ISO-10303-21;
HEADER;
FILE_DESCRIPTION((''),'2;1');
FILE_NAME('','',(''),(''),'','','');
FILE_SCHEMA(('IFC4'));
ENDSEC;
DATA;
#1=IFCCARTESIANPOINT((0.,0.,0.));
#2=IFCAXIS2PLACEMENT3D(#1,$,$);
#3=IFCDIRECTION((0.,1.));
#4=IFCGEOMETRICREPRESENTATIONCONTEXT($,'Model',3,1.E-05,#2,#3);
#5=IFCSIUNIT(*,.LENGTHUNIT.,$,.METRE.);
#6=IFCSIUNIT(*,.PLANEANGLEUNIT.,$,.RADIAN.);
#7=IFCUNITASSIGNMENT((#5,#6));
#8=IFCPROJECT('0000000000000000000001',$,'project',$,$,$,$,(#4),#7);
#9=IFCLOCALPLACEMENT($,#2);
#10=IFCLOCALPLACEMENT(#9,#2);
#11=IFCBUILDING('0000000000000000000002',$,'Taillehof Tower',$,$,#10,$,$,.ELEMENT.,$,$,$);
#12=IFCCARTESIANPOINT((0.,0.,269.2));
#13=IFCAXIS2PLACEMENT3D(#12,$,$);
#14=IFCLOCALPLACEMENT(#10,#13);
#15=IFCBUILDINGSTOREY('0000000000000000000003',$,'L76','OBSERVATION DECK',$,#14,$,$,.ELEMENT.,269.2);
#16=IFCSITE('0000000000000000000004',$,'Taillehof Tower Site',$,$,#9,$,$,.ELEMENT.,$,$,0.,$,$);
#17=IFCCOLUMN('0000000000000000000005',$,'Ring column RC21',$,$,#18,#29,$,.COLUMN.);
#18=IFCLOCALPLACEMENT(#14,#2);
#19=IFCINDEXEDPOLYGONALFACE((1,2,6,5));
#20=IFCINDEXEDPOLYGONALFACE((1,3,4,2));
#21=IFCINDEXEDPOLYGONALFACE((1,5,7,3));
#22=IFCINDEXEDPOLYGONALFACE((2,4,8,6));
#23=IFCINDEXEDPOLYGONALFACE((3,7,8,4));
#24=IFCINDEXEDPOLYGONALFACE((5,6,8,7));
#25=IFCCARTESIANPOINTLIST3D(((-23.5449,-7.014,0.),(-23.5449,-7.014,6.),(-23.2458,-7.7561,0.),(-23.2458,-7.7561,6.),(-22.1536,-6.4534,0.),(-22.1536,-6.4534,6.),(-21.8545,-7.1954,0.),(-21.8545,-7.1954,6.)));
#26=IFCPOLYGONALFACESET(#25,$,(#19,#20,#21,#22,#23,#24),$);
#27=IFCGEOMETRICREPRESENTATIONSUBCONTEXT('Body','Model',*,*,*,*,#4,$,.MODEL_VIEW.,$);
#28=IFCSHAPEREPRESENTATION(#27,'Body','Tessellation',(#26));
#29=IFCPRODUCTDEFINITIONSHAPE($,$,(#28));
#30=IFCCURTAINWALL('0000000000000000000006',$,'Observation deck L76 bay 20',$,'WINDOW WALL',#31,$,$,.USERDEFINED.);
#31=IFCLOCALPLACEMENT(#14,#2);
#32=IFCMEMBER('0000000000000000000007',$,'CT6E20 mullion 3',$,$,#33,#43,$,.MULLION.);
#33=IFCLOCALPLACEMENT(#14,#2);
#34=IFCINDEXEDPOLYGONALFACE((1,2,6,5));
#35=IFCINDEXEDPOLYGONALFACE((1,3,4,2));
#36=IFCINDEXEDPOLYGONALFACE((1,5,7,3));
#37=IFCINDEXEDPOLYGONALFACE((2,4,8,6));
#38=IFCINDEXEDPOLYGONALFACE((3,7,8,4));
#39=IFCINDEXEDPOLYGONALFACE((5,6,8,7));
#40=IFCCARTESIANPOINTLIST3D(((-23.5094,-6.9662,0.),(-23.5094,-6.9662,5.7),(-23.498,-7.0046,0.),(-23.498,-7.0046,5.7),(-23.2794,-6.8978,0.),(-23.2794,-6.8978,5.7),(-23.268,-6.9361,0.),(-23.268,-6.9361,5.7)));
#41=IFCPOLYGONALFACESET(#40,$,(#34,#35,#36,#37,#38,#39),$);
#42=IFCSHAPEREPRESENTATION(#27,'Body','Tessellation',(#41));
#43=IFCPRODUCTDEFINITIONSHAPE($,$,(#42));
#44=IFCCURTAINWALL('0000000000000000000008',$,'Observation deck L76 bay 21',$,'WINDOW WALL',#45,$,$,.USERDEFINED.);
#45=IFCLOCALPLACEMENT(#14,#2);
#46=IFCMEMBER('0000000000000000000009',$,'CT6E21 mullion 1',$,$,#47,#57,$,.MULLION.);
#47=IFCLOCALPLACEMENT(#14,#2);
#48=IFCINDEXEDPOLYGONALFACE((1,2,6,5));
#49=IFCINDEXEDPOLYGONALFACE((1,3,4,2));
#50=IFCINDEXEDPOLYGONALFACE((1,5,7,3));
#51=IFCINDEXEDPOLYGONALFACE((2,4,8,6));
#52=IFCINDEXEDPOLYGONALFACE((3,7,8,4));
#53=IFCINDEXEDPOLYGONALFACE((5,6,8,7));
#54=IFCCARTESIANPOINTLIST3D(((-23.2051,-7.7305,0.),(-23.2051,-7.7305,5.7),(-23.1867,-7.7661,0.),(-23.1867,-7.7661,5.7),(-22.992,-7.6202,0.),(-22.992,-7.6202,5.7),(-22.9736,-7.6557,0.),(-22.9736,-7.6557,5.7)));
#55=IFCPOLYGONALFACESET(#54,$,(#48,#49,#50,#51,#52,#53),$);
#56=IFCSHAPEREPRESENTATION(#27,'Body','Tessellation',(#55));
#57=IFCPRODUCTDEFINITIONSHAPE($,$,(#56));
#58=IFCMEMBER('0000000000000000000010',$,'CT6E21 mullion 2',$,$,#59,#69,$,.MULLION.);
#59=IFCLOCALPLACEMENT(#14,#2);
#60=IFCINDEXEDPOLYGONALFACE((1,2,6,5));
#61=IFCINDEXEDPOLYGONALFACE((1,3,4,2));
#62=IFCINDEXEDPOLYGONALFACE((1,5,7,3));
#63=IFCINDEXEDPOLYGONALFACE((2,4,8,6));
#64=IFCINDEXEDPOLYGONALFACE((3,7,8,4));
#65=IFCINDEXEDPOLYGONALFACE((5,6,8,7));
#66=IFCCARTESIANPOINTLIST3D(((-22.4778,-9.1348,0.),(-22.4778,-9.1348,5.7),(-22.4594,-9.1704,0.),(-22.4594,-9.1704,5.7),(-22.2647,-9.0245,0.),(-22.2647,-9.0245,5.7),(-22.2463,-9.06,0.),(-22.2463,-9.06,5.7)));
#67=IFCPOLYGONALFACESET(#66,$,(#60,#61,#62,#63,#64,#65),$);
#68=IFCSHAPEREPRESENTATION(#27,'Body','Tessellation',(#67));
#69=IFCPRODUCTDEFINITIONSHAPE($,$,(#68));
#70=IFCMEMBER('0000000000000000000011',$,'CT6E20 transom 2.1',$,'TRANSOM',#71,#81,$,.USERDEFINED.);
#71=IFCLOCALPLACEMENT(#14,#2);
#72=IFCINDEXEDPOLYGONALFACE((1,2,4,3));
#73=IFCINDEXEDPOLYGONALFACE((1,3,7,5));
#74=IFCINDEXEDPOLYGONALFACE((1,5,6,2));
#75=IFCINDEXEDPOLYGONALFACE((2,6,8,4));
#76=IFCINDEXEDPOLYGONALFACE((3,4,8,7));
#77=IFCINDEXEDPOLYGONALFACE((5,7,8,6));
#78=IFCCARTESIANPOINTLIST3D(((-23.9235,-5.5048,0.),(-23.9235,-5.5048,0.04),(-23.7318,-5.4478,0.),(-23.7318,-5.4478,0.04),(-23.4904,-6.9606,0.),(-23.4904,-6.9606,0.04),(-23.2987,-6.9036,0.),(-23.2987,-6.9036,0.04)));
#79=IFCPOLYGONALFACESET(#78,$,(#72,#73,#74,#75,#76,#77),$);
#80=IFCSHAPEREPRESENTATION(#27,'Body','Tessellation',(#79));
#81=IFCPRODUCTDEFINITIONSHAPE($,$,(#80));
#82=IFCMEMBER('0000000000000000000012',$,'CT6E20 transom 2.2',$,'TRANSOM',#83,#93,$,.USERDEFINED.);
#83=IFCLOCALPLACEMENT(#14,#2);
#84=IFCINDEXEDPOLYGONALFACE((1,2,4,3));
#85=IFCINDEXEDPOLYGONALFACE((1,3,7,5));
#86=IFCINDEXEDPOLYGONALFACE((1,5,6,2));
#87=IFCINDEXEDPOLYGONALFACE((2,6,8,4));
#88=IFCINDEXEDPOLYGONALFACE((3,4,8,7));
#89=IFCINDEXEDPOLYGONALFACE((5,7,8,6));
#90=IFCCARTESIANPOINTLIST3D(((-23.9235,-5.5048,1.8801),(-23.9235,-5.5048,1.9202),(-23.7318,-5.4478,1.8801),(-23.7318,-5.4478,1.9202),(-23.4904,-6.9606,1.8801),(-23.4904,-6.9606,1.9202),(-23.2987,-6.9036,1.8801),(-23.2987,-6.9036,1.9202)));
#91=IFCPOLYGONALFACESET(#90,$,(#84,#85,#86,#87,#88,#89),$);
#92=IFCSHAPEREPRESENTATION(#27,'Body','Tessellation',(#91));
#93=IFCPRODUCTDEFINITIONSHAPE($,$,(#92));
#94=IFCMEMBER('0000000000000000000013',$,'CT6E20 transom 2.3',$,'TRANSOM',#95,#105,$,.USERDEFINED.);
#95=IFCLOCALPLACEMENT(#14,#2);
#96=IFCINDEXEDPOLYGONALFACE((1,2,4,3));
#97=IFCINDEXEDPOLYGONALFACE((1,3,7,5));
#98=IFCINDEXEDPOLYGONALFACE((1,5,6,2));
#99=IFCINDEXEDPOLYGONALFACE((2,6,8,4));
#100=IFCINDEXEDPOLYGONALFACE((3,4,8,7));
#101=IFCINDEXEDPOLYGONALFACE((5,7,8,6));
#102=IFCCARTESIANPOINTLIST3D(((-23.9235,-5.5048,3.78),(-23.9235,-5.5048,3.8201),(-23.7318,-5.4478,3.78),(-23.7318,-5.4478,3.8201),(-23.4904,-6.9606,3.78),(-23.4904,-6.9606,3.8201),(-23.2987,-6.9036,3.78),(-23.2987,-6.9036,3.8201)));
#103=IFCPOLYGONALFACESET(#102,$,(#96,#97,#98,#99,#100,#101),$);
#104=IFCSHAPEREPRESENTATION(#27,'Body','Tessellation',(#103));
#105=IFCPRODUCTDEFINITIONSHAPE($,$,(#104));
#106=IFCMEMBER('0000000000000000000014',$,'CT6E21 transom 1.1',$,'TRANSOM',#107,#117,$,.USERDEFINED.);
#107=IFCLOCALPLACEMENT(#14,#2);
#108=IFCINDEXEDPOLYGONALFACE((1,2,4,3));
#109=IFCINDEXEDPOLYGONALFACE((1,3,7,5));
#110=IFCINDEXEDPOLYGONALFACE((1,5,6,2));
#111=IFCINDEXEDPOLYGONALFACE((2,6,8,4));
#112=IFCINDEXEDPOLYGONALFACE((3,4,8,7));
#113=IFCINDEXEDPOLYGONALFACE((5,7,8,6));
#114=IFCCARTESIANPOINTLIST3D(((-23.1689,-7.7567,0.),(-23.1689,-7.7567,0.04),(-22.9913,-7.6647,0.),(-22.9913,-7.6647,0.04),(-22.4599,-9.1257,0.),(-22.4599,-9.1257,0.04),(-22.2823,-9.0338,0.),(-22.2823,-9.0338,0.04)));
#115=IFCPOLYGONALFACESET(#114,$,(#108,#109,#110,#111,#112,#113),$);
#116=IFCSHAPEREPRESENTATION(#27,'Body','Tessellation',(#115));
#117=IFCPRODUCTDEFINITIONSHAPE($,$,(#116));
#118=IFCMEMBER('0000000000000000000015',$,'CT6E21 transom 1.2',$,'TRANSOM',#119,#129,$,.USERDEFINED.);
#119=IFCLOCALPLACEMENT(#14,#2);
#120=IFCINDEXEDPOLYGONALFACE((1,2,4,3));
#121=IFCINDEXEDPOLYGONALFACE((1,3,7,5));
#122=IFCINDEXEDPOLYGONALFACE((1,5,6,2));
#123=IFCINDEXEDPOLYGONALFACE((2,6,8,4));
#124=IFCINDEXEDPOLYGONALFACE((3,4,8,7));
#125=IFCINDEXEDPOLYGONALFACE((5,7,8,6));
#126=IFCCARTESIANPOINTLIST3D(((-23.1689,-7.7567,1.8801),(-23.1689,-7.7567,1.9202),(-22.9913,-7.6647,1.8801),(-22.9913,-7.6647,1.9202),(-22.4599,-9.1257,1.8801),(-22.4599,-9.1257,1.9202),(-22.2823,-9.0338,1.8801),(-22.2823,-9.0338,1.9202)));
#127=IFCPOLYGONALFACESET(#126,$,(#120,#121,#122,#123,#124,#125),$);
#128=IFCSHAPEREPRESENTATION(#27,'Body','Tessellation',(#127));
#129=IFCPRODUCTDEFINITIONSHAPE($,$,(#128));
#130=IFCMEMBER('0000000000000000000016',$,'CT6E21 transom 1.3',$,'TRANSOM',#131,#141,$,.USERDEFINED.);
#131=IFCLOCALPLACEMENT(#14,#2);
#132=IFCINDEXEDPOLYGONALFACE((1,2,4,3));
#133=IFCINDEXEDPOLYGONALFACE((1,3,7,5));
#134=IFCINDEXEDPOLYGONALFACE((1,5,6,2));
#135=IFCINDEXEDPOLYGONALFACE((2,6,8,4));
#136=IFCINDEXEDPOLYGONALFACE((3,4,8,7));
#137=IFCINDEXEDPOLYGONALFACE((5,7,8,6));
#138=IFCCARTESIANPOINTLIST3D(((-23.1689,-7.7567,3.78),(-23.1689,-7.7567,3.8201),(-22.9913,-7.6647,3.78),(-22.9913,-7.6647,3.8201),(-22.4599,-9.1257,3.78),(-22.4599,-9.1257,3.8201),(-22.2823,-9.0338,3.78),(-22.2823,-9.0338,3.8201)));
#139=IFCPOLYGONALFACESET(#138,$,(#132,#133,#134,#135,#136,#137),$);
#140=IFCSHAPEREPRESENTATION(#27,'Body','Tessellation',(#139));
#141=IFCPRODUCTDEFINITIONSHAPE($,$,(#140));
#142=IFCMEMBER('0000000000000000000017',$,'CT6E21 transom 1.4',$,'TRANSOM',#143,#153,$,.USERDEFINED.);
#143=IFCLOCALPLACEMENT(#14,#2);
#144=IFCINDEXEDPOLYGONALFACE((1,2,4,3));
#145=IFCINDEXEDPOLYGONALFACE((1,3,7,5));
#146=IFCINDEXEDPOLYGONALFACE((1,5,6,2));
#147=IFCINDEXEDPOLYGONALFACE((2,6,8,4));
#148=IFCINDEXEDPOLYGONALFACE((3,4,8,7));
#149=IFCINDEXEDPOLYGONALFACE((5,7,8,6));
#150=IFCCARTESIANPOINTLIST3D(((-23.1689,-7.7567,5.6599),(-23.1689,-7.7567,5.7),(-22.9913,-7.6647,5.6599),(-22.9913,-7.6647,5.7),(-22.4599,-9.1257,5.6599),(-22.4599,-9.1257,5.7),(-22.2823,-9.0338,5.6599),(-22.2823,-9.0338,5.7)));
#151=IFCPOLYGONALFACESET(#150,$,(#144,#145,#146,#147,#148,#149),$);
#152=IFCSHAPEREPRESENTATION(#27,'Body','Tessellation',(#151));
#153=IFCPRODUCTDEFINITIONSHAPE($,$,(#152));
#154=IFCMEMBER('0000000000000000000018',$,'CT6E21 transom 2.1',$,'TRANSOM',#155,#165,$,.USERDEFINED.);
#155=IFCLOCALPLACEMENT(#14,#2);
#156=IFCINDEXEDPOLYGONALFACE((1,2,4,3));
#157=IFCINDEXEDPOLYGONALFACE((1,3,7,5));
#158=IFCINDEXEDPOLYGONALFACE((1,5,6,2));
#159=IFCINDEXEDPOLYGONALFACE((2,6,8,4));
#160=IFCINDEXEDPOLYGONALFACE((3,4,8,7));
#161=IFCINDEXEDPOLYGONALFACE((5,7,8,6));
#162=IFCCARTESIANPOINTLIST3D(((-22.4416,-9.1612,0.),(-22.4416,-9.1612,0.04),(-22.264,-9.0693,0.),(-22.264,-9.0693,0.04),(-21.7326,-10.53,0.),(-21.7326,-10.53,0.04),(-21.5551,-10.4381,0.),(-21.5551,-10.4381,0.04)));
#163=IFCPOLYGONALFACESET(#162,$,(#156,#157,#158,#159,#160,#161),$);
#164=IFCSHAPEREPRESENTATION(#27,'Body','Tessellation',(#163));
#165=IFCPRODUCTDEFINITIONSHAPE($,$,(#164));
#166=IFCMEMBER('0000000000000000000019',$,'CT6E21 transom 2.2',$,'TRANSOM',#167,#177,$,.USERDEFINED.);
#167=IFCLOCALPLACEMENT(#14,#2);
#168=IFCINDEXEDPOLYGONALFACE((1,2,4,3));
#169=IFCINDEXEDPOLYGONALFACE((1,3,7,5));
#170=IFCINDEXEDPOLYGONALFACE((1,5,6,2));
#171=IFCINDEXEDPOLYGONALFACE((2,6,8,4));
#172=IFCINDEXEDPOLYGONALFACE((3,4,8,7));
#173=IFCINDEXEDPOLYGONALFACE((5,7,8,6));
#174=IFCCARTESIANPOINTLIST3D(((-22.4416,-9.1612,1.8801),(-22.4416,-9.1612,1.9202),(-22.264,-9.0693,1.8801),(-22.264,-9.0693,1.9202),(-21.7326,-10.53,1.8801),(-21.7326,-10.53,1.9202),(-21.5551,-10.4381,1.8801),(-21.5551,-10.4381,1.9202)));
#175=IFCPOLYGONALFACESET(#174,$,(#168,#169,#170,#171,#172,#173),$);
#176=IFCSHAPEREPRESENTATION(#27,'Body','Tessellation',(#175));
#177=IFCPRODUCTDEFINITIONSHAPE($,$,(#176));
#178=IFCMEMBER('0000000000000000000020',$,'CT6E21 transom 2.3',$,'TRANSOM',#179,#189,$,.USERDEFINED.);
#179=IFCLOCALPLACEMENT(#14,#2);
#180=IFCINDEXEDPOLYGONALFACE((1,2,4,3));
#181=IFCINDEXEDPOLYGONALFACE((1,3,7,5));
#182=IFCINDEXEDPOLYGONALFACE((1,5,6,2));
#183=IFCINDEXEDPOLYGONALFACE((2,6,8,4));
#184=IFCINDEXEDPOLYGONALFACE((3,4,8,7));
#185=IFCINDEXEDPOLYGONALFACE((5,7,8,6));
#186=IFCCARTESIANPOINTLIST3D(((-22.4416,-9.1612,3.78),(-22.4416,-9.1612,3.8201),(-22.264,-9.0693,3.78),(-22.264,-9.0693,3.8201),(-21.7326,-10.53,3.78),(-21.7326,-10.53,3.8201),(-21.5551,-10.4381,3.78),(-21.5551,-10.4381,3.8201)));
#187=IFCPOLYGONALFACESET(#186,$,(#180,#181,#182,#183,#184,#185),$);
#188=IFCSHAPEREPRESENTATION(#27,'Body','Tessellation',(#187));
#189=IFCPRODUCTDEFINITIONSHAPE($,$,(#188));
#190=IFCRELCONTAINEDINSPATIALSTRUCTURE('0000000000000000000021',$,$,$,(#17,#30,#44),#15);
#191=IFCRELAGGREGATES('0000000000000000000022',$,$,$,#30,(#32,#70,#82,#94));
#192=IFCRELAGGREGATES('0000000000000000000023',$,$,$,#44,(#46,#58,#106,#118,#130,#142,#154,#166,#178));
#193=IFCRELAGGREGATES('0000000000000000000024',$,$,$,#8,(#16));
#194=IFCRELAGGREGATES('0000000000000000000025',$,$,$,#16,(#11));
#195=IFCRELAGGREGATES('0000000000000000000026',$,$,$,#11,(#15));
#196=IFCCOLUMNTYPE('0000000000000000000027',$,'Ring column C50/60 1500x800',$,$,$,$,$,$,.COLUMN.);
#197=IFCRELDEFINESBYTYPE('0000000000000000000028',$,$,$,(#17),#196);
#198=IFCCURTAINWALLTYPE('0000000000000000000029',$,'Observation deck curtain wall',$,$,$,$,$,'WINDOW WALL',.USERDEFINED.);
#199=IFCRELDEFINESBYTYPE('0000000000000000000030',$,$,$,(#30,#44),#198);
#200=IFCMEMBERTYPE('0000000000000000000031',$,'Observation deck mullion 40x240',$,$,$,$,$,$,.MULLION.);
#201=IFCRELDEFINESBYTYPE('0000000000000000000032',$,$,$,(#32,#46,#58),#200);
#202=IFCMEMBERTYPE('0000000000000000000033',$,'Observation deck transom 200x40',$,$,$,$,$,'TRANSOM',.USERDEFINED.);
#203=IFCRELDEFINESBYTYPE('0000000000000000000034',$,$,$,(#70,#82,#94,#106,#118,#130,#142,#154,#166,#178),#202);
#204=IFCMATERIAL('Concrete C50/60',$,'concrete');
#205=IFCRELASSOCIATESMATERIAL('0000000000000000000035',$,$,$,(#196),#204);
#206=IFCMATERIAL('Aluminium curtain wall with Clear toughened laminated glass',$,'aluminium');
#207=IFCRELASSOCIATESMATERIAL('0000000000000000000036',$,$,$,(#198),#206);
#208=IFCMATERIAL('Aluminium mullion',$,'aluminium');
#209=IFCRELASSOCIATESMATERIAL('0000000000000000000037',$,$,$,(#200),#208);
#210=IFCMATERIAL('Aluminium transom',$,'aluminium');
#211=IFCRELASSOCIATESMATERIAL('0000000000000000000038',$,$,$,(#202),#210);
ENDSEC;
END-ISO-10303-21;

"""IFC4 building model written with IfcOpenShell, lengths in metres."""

from ifc_helpers import new_model, si_unit, direction, frame, origin, origin_2d, place, context, subcontext, project, spatial, rectangle, extrude, material, material_profile, profile_set, type_object, element, aggregate, save


model = new_model("IFC4")

# Units and contexts
model_context = context("Model", 3, precision=1e-05, world=origin(), true_north=direction((0.0, 1.0)))
body_context = subcontext(model_context, "Body", "Model", "MODEL_VIEW")
ifc_project = project(units=[si_unit("LENGTHUNIT", "METRE"), si_unit("PLANEANGLEUNIT", "RADIAN")], contexts=[model_context])

# Site, building, storey
site_placement = place(None, origin())
site = spatial("IfcSite", under=ifc_project, at=site_placement, Name="Taillehof Tower Site", CompositionType="ELEMENT", RefElevation=0.0)
building_placement = place(site_placement, origin())
building = spatial("IfcBuilding", under=site, at=building_placement, Name="Taillehof Tower", CompositionType="ELEMENT")
storey_placement = place(building_placement, frame((0.0, 0.0, 269.2)))
storey = spatial("IfcBuildingStorey", under=building, at=storey_placement, Name="L76", Description="OBSERVATION DECK", CompositionType="ELEMENT", Elevation=269.2)

# Column
ifc_material_1 = material(Name="Concrete C50/60", Category="concrete")
ifc_material_profile_1 = material_profile(ifc_material_1, rectangle(XDim=1.5, YDim=0.8, at=origin_2d()), Name="RC 1500x800")
ifc_profile_set_1 = profile_set([ifc_material_profile_1], Name="Concrete C50/60")
column_type = type_object("IfcColumnType", Name="Ring column C50/60 1500x800", PredefinedType="COLUMN", material=ifc_profile_set_1)
column_placement = place(storey_placement, frame((-22.6997, -7.1047, 0.0), z_axis=(0.0, 0.0, 1.0), x_axis=(-0.927525, -0.373762, 0.0)))
element("IfcColumn", 1, at=column_placement, inside=storey, type_object=column_type, Name="Ring column RC21", PredefinedType="COLUMN", context=body_context, shape_type="SweptSolid", body=[
    extrude(rectangle(XDim=1.5, YDim=0.8, at=origin_2d()), origin(), (0.0, 0.0, 1.0), 6.0),
])

# Curtain wall, member
ifc_material_2 = material(Name="Aluminium curtain wall with Clear toughened laminated glass", Category="aluminium")
curtain_wall_type = type_object("IfcCurtainWallType", Name="Observation deck curtain wall", ElementType="WINDOW WALL", PredefinedType="USERDEFINED", material=ifc_material_2)
curtain_wall_1_placement = place(storey_placement, origin())
curtain_wall_1 = element("IfcCurtainWall", 2, at=curtain_wall_1_placement, inside=storey, type_object=curtain_wall_type, Name="Observation deck L76 bay 20", ObjectType="WINDOW WALL", PredefinedType="USERDEFINED")
ifc_material_3 = material(Name="Aluminium mullion", Category="aluminium")
ifc_material_profile_2 = material_profile(ifc_material_3, rectangle(XDim=0.24, YDim=0.04, at=origin_2d()), Name="AL 40x240")
ifc_profile_set_2 = profile_set([ifc_material_profile_2], Name="Aluminium mullion")
member_type_1 = type_object("IfcMemberType", Name="Observation deck mullion 40x240", PredefinedType="MULLION", material=ifc_profile_set_2)
member_1_placement = place(storey_placement, frame((-23.3887, -6.9512, 0.0), z_axis=(0.0, 0.0, 1.0), x_axis=(0.958457, 0.285236, 0.0)))
member_1 = element("IfcMember", 3, at=member_1_placement, type_object=member_type_1, Name="CT6E20 mullion 3", PredefinedType="MULLION", context=body_context, shape_type="SweptSolid", body=[
    extrude(rectangle(XDim=0.24, YDim=0.04, at=origin_2d()), origin(), (0.0, 0.0, 1.0), 5.7),
])

# Curtain wall, members
curtain_wall_2_placement = place(storey_placement, origin())
curtain_wall_2 = element("IfcCurtainWall", 4, at=curtain_wall_2_placement, inside=storey, type_object=curtain_wall_type, Name="Observation deck L76 bay 21", ObjectType="WINDOW WALL", PredefinedType="USERDEFINED")
member_2_placement = place(storey_placement, frame((-23.0894, -7.6931, 0.0), z_axis=(0.0, 0.0, 1.0), x_axis=(0.887975, 0.459891, 0.0)))
member_2 = element("IfcMember", 5, at=member_2_placement, type_object=member_type_1, Name="CT6E21 mullion 1", PredefinedType="MULLION", context=body_context, shape_type="SweptSolid", body=[
    extrude(rectangle(XDim=0.24, YDim=0.04, at=origin_2d()), origin(), (0.0, 0.0, 1.0), 5.7),
])
member_3_placement = place(storey_placement, frame((-22.3621, -9.0974, 0.0), z_axis=(0.0, 0.0, 1.0), x_axis=(0.887975, 0.459891, 0.0)))
member_3 = element("IfcMember", 6, at=member_3_placement, type_object=member_type_1, Name="CT6E21 mullion 2", PredefinedType="MULLION", context=body_context, shape_type="SweptSolid", body=[
    extrude(rectangle(XDim=0.24, YDim=0.04, at=origin_2d()), origin(), (0.0, 0.0, 1.0), 5.7),
])

# Members
ifc_material_4 = material(Name="Aluminium transom", Category="aluminium")
ifc_material_profile_3 = material_profile(ifc_material_4, rectangle(XDim=0.2, YDim=0.04, at=origin_2d()), Name="AL 200x40")
ifc_profile_set_3 = profile_set([ifc_material_profile_3], Name="Aluminium transom")
member_type_2 = type_object("IfcMemberType", Name="Observation deck transom 200x40", ElementType="TRANSOM", PredefinedType="USERDEFINED", material=ifc_profile_set_3)
member_4_placement = place(storey_placement, frame((-23.8276, -5.4763, 0.02), z_axis=(0.28515, -0.958483, 0.0), x_axis=(0.958483, 0.28515, 0.0)))
member_4 = element("IfcMember", 7, at=member_4_placement, type_object=member_type_2, Name="CT6E20 transom 2.1", ObjectType="TRANSOM", PredefinedType="USERDEFINED", context=body_context, shape_type="SweptSolid", body=[
    extrude(rectangle(XDim=0.2, YDim=0.04, at=origin_2d()), origin(), (0.0, 0.0, 1.0), 1.5188),
])
member_5_placement = place(storey_placement, frame((-23.8276, -5.4763, 1.9001), z_axis=(0.28515, -0.958483, 0.0), x_axis=(0.958483, 0.28515, 0.0)))
member_5 = element("IfcMember", 8, at=member_5_placement, type_object=member_type_2, Name="CT6E20 transom 2.2", ObjectType="TRANSOM", PredefinedType="USERDEFINED", context=body_context, shape_type="SweptSolid", body=[
    extrude(rectangle(XDim=0.2, YDim=0.04, at=origin_2d()), origin(), (0.0, 0.0, 1.0), 1.5188),
])
member_6_placement = place(storey_placement, frame((-23.8276, -5.4763, 3.8), z_axis=(0.28515, -0.958483, 0.0), x_axis=(0.958483, 0.28515, 0.0)))
member_6 = element("IfcMember", 9, at=member_6_placement, type_object=member_type_2, Name="CT6E20 transom 2.3", ObjectType="TRANSOM", PredefinedType="USERDEFINED", context=body_context, shape_type="SweptSolid", body=[
    extrude(rectangle(XDim=0.2, YDim=0.04, at=origin_2d()), origin(), (0.0, 0.0, 1.0), 1.5188),
])
member_7_placement = place(storey_placement, frame((-23.0801, -7.7107, 0.02), z_axis=(0.459836, -0.888004, 0.0), x_axis=(0.888004, 0.459836, 0.0)))
member_7 = element("IfcMember", 10, at=member_7_placement, type_object=member_type_2, Name="CT6E21 transom 1.1", ObjectType="TRANSOM", PredefinedType="USERDEFINED", context=body_context, shape_type="SweptSolid", body=[
    extrude(rectangle(XDim=0.2, YDim=0.04, at=origin_2d()), origin(), (0.0, 0.0, 1.0), 1.5417),
])
member_8_placement = place(storey_placement, frame((-23.0801, -7.7107, 1.9001), z_axis=(0.459836, -0.888004, 0.0), x_axis=(0.888004, 0.459836, 0.0)))
member_8 = element("IfcMember", 11, at=member_8_placement, type_object=member_type_2, Name="CT6E21 transom 1.2", ObjectType="TRANSOM", PredefinedType="USERDEFINED", context=body_context, shape_type="SweptSolid", body=[
    extrude(rectangle(XDim=0.2, YDim=0.04, at=origin_2d()), origin(), (0.0, 0.0, 1.0), 1.5417),
])
member_9_placement = place(storey_placement, frame((-23.0801, -7.7107, 3.8), z_axis=(0.459836, -0.888004, 0.0), x_axis=(0.888004, 0.459836, 0.0)))
member_9 = element("IfcMember", 12, at=member_9_placement, type_object=member_type_2, Name="CT6E21 transom 1.3", ObjectType="TRANSOM", PredefinedType="USERDEFINED", context=body_context, shape_type="SweptSolid", body=[
    extrude(rectangle(XDim=0.2, YDim=0.04, at=origin_2d()), origin(), (0.0, 0.0, 1.0), 1.5417),
])
member_10_placement = place(storey_placement, frame((-23.0801, -7.7107, 5.6799), z_axis=(0.459836, -0.888004, 0.0), x_axis=(0.888004, 0.459836, 0.0)))
member_10 = element("IfcMember", 13, at=member_10_placement, type_object=member_type_2, Name="CT6E21 transom 1.4", ObjectType="TRANSOM", PredefinedType="USERDEFINED", context=body_context, shape_type="SweptSolid", body=[
    extrude(rectangle(XDim=0.2, YDim=0.04, at=origin_2d()), origin(), (0.0, 0.0, 1.0), 1.5417),
])
member_11_placement = place(storey_placement, frame((-22.3528, -9.1152, 0.02), z_axis=(0.459901, -0.88797, 0.0), x_axis=(0.88797, 0.459901, 0.0)))
member_11 = element("IfcMember", 14, at=member_11_placement, type_object=member_type_2, Name="CT6E21 transom 2.1", ObjectType="TRANSOM", PredefinedType="USERDEFINED", context=body_context, shape_type="SweptSolid", body=[
    extrude(rectangle(XDim=0.2, YDim=0.04, at=origin_2d()), origin(), (0.0, 0.0, 1.0), 1.5415),
])
member_12_placement = place(storey_placement, frame((-22.3528, -9.1152, 1.9001), z_axis=(0.459901, -0.88797, 0.0), x_axis=(0.88797, 0.459901, 0.0)))
member_12 = element("IfcMember", 15, at=member_12_placement, type_object=member_type_2, Name="CT6E21 transom 2.2", ObjectType="TRANSOM", PredefinedType="USERDEFINED", context=body_context, shape_type="SweptSolid", body=[
    extrude(rectangle(XDim=0.2, YDim=0.04, at=origin_2d()), origin(), (0.0, 0.0, 1.0), 1.5415),
])
member_13_placement = place(storey_placement, frame((-22.3528, -9.1152, 3.8), z_axis=(0.459901, -0.88797, 0.0), x_axis=(0.88797, 0.459901, 0.0)))
member_13 = element("IfcMember", 16, at=member_13_placement, type_object=member_type_2, Name="CT6E21 transom 2.3", ObjectType="TRANSOM", PredefinedType="USERDEFINED", context=body_context, shape_type="SweptSolid", body=[
    extrude(rectangle(XDim=0.2, YDim=0.04, at=origin_2d()), origin(), (0.0, 0.0, 1.0), 1.5415),
])

aggregate(curtain_wall_1, [member_1, member_4, member_5, member_6])
aggregate(curtain_wall_2, [member_2, member_3, member_7, member_8, member_9, member_10, member_11, member_12, member_13])

save(model, "model.ifc")
